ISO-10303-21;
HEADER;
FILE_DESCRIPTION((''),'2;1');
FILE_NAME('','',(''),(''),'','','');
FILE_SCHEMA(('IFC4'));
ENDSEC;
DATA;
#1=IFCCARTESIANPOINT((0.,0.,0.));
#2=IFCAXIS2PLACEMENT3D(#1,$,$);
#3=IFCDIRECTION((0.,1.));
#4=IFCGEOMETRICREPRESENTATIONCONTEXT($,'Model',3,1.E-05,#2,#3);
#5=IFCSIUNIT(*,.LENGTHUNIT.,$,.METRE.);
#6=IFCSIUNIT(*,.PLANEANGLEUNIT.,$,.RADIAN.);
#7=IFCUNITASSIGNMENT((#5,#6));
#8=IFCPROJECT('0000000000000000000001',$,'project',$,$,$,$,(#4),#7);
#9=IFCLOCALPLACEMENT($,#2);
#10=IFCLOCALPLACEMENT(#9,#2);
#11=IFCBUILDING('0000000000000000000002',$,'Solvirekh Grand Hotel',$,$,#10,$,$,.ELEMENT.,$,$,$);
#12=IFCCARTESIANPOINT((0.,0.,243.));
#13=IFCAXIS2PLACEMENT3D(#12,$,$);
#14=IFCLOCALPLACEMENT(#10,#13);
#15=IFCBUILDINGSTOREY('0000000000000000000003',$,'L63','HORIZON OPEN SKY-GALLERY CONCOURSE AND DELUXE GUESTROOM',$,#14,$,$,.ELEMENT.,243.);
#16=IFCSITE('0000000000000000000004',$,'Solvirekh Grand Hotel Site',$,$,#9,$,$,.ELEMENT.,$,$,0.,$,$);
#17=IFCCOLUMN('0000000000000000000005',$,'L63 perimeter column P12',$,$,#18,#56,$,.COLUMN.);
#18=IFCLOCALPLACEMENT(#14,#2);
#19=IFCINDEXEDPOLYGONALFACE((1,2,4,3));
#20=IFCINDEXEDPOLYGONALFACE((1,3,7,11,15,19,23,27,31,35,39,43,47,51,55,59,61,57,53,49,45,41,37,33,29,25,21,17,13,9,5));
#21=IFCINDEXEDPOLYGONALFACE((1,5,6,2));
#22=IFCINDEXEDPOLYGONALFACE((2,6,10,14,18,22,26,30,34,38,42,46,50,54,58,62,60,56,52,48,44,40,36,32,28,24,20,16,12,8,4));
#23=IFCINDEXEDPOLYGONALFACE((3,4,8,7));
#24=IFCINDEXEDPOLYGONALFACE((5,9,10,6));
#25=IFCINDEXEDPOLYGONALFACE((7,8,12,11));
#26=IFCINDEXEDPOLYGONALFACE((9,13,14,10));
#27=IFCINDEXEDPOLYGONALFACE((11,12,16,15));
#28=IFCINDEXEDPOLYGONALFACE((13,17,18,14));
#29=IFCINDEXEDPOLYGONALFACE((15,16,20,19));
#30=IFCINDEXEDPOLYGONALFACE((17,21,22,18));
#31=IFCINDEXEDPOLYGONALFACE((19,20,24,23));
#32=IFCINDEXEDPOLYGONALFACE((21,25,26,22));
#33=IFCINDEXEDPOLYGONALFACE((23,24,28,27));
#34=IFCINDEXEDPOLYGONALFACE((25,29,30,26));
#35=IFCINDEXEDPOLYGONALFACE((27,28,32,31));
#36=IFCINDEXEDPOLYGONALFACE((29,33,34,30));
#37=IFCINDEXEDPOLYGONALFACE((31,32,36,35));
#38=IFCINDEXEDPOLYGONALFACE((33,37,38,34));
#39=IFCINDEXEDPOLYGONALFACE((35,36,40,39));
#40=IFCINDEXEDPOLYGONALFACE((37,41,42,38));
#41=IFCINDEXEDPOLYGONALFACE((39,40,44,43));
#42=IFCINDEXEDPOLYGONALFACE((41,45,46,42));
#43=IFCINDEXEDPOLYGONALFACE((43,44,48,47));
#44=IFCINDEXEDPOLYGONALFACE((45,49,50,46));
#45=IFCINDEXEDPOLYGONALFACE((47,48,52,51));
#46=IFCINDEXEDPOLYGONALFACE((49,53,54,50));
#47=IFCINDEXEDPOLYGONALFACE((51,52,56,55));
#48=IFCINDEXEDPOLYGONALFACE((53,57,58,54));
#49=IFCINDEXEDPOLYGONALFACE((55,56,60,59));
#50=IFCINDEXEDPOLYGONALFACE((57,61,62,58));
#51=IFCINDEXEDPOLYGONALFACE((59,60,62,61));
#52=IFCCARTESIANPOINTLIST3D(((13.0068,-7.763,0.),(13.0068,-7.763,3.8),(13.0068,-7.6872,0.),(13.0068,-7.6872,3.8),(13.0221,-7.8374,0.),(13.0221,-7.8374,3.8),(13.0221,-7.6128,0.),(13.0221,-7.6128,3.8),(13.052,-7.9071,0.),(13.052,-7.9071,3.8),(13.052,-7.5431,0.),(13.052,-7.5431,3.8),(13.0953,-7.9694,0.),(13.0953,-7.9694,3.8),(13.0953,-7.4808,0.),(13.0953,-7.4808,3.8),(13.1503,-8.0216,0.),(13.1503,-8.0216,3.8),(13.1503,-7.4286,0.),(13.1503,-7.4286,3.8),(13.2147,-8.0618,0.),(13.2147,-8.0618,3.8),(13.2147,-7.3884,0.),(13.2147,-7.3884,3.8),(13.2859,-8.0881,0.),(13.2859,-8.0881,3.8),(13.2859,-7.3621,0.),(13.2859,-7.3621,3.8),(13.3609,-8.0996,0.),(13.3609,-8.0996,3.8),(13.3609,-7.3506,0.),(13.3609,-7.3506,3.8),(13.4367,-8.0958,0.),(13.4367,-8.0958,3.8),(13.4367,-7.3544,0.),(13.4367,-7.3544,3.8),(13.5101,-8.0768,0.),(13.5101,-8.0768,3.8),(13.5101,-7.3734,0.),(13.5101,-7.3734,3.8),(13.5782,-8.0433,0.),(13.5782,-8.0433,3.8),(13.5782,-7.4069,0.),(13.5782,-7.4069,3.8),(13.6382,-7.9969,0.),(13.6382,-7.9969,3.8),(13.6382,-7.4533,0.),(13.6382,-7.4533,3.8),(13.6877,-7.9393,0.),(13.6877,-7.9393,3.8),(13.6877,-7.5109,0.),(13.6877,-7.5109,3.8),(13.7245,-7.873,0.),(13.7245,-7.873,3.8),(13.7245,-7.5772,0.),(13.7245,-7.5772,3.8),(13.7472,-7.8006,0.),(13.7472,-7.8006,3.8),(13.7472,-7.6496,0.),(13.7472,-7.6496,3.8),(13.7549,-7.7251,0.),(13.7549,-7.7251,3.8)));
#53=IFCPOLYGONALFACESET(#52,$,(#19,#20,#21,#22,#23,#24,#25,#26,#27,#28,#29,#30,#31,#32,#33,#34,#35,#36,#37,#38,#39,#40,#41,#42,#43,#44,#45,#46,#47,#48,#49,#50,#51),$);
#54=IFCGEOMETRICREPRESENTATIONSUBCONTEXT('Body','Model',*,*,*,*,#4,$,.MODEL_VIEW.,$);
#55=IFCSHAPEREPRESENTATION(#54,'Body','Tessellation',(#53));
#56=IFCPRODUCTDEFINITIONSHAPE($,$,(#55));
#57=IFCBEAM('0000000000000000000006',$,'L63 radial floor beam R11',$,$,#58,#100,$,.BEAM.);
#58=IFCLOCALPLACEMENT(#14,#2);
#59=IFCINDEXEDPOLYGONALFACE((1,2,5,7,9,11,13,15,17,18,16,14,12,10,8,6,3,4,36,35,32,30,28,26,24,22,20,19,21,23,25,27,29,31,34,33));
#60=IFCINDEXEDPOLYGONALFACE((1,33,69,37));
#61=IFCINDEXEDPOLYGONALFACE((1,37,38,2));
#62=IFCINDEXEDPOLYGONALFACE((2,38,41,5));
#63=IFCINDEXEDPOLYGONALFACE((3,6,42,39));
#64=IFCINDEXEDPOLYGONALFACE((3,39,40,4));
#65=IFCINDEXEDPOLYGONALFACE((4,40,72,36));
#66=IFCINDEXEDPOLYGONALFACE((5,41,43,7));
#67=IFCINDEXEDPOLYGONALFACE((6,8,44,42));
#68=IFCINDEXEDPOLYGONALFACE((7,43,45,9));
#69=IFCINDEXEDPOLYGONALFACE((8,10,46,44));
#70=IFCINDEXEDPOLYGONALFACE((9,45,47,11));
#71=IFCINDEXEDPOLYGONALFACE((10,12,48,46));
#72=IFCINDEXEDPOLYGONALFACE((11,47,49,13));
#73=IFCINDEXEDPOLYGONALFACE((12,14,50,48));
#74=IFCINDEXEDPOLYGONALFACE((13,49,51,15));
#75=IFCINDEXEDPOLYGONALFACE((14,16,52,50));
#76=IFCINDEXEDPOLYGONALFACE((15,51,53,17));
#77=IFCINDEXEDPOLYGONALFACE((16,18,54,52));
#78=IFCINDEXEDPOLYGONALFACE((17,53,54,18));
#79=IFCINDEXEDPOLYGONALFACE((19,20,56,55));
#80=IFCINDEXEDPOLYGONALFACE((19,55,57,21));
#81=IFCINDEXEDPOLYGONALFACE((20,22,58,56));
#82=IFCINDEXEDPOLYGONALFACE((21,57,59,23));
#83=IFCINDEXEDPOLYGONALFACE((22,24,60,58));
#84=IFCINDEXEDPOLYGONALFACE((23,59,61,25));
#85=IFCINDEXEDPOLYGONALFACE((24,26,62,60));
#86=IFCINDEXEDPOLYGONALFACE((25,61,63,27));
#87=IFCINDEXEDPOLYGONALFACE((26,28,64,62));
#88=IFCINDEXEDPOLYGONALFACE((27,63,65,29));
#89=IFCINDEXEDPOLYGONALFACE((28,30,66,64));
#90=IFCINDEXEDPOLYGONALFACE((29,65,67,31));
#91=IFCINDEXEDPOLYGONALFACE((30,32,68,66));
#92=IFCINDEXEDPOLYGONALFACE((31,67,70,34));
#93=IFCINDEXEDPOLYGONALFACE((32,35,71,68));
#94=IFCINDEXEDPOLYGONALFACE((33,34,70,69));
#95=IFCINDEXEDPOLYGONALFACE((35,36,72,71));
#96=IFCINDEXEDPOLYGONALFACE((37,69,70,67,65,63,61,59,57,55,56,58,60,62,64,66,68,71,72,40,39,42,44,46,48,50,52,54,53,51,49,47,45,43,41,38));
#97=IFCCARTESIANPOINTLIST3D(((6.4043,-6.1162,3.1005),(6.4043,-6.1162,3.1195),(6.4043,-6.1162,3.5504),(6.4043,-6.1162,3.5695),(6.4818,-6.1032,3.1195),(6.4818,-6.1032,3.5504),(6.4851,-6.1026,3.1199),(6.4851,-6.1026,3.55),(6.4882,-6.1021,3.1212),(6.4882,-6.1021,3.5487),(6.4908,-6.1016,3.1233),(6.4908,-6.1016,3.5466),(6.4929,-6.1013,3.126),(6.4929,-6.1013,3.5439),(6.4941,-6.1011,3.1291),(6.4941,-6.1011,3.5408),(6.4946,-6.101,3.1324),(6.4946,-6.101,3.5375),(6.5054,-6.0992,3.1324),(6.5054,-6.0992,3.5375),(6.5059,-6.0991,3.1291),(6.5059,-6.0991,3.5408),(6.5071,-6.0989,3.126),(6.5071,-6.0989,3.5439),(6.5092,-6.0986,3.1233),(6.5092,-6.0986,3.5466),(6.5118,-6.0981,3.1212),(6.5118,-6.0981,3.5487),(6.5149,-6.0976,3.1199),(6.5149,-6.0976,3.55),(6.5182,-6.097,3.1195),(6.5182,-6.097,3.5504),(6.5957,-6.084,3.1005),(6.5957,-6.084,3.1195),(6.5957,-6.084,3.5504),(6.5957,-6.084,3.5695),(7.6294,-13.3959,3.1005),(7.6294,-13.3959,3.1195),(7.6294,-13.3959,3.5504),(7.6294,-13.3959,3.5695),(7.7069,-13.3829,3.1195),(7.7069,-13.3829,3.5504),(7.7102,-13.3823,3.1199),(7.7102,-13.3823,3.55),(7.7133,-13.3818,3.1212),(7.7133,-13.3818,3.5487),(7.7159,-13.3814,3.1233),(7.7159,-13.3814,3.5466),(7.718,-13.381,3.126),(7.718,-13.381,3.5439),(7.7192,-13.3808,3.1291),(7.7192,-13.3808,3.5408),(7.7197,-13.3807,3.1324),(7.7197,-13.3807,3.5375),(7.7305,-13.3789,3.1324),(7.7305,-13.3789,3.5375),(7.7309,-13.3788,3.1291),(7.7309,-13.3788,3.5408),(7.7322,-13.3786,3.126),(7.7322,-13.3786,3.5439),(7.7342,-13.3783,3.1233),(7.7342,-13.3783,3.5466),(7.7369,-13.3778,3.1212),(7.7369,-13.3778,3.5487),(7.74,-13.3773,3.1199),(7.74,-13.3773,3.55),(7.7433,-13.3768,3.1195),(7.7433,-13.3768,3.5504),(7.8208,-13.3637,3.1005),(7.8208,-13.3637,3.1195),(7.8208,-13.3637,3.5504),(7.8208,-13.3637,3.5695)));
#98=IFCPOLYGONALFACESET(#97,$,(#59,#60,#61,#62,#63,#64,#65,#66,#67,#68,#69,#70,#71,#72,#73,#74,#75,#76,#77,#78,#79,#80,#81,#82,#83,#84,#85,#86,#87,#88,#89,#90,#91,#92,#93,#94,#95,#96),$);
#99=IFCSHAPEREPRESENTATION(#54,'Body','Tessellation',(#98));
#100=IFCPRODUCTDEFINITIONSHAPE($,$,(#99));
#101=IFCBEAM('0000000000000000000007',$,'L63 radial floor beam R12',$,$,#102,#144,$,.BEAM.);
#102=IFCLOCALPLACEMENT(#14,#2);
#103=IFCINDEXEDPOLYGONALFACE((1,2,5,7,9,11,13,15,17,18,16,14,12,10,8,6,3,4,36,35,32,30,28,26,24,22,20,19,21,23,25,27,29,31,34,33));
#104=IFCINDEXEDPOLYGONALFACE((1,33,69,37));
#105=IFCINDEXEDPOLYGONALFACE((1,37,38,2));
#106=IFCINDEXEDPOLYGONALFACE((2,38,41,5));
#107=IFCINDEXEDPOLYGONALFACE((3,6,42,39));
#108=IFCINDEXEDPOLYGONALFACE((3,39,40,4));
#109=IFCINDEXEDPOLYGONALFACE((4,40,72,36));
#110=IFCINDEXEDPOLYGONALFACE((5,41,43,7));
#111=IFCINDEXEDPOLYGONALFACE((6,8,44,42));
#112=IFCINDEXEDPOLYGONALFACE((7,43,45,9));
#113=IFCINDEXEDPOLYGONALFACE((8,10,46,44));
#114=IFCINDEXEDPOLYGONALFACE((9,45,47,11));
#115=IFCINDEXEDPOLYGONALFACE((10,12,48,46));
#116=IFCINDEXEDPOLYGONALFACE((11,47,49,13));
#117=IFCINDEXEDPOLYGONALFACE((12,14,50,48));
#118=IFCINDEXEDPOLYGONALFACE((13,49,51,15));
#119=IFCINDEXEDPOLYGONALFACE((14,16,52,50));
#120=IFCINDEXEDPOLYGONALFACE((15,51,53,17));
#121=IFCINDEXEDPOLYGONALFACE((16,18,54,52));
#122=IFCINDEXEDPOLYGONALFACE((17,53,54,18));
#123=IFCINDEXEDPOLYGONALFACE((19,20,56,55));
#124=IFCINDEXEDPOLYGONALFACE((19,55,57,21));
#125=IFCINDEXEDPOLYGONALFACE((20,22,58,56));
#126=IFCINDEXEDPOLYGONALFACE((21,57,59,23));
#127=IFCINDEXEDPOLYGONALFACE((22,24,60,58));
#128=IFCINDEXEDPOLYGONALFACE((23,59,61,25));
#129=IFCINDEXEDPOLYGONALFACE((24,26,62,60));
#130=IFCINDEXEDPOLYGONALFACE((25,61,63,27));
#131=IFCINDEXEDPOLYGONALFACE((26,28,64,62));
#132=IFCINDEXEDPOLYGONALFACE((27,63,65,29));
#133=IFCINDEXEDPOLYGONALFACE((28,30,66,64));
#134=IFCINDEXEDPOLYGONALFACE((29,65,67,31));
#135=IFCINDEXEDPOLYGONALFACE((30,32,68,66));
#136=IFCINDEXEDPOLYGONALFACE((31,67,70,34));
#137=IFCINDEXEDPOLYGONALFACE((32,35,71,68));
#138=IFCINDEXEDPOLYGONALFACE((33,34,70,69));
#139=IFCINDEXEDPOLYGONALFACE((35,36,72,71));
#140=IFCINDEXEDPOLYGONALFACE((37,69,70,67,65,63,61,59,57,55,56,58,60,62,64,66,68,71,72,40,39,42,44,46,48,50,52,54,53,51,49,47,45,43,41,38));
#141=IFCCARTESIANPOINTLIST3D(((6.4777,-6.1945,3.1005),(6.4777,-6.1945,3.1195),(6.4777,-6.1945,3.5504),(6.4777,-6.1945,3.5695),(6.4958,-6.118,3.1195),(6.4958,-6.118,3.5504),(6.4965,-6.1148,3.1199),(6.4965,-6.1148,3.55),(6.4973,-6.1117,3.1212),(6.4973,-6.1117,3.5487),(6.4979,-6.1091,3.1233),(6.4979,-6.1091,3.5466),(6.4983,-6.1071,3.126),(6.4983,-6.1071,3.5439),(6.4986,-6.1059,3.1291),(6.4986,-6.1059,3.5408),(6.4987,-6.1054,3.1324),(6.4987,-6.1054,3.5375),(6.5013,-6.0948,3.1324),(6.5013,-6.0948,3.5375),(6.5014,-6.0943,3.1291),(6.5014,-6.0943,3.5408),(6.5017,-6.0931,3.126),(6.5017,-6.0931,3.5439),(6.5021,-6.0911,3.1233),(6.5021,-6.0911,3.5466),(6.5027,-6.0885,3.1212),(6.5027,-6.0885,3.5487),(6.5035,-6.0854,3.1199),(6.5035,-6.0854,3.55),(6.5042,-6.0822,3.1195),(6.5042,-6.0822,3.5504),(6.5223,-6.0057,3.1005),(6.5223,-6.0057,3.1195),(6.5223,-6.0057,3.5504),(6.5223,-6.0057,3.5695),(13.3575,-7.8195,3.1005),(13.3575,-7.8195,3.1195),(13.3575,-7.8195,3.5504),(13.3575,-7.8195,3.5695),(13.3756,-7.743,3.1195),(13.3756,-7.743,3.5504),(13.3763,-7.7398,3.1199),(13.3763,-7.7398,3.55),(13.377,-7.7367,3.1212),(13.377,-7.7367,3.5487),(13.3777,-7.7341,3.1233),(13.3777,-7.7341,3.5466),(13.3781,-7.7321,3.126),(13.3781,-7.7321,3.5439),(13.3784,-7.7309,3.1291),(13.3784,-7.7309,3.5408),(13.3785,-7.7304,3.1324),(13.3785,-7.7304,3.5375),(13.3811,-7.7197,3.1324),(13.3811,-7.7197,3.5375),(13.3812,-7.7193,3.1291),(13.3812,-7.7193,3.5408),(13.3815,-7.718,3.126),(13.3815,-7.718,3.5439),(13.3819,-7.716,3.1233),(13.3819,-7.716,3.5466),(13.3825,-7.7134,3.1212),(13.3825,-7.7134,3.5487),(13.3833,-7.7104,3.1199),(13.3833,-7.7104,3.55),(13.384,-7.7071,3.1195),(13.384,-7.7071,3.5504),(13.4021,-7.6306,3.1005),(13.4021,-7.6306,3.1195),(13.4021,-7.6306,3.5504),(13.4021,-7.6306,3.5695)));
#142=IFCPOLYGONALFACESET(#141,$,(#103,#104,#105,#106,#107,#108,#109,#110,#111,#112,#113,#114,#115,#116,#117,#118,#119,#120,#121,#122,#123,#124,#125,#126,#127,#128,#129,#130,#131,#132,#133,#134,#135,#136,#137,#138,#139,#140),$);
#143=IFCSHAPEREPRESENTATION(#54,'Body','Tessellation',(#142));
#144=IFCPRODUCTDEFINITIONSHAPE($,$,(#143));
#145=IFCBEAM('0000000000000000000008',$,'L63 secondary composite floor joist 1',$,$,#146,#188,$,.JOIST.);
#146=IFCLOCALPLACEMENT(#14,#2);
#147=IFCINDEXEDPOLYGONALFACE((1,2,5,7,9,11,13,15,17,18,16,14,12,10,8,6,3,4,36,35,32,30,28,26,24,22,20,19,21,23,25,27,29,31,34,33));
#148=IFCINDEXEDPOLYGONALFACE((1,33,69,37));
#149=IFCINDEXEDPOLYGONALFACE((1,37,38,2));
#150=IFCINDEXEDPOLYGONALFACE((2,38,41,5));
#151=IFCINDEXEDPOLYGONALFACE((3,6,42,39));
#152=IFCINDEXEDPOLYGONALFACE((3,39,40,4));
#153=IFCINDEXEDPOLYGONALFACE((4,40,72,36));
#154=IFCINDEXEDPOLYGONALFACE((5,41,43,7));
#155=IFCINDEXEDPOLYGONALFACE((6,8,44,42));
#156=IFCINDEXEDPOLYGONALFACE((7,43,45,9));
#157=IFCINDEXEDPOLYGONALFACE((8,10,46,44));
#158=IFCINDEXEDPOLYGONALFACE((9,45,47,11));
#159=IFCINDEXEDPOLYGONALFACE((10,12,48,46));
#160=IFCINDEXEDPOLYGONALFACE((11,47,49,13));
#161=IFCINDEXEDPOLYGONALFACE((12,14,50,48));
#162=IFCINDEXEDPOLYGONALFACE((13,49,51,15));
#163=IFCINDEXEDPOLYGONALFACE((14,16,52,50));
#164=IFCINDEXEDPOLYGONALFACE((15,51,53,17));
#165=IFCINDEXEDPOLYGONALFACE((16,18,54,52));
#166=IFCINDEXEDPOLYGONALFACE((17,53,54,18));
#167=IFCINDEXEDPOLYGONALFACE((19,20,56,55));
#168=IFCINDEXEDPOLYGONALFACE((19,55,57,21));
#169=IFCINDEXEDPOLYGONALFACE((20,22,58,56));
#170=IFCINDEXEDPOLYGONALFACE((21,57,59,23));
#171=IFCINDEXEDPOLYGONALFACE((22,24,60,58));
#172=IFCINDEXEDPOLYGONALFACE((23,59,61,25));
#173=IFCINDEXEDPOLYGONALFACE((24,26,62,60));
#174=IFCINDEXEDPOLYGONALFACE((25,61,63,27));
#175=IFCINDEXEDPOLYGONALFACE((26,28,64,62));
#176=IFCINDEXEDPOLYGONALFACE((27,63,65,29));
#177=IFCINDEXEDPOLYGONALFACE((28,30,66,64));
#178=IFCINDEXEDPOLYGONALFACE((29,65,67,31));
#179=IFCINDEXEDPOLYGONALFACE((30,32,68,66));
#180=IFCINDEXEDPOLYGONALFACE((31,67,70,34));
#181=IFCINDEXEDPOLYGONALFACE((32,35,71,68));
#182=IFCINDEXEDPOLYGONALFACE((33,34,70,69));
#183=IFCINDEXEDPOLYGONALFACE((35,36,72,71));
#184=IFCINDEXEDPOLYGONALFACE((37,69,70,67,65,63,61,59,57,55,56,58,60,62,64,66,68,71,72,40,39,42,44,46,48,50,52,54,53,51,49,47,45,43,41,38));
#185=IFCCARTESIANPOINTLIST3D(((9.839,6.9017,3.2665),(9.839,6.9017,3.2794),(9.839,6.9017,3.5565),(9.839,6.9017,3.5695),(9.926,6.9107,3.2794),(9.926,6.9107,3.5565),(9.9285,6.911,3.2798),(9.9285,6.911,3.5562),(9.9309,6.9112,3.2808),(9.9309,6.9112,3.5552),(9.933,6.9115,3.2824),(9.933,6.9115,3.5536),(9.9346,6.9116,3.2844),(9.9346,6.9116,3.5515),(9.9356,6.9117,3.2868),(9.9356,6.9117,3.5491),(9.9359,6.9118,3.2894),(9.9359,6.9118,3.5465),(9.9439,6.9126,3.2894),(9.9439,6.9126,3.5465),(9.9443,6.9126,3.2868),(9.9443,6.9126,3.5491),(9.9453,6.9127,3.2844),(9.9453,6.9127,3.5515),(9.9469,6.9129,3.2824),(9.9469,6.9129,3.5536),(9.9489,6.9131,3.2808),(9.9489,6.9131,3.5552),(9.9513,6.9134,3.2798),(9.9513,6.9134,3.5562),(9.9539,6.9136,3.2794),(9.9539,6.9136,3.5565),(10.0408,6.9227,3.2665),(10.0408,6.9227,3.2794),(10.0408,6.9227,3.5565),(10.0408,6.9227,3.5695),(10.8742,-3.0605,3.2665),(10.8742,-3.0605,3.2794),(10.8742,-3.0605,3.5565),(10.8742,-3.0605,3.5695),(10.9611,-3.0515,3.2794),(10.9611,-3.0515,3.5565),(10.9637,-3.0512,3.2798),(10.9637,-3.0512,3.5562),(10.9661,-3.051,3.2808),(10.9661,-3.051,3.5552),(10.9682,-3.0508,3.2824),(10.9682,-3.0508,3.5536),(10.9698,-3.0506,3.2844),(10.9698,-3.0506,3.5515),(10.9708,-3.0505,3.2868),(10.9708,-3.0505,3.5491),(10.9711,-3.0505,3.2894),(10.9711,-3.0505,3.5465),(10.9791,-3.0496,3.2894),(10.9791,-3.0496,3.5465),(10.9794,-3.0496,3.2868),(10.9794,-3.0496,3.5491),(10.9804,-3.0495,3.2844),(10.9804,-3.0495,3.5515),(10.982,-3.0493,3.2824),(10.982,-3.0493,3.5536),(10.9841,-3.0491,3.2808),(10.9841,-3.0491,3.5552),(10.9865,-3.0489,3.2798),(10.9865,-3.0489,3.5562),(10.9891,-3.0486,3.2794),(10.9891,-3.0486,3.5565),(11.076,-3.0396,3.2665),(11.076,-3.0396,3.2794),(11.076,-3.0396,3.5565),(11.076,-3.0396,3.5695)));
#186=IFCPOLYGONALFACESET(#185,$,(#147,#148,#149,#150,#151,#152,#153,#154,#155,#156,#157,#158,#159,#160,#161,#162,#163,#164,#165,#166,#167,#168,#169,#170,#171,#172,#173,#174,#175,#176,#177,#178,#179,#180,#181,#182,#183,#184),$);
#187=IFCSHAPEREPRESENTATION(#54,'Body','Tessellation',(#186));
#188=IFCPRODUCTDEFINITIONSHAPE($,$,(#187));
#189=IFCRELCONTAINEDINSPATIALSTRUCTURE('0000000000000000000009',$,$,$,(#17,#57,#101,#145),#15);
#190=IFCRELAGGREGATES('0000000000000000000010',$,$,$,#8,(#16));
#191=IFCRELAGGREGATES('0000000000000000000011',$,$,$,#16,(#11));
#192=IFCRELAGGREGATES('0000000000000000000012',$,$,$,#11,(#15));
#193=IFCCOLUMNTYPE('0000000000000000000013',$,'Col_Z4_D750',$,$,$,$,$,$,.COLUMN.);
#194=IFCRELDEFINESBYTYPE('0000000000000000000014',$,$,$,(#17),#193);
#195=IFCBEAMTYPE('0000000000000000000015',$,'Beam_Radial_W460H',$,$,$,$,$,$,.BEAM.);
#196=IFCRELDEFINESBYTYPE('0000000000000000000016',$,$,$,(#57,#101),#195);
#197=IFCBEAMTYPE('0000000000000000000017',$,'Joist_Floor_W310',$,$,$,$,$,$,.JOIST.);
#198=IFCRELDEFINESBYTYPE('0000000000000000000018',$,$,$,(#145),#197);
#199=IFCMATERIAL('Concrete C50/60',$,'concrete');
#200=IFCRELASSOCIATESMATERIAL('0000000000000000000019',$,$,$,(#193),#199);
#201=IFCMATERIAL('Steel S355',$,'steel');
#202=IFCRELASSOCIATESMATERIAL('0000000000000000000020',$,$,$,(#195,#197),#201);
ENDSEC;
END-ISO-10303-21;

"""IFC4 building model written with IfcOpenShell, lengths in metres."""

from ifc_helpers import new_model, si_unit, direction, frame, origin, origin_2d, place, context, subcontext, project, spatial, circle, i_section, extrude, material, material_profile, profile_set, type_object, element, save


model = new_model("IFC4")

# Units and contexts
model_context = context("Model", 3, precision=1e-05, world=origin(), true_north=direction((0.0, 1.0)))
body_context = subcontext(model_context, "Body", "Model", "MODEL_VIEW")
ifc_project = project(units=[si_unit("LENGTHUNIT", "METRE"), si_unit("PLANEANGLEUNIT", "RADIAN")], contexts=[model_context])

# Site, building, storey
site_placement = place(None, origin())
site = spatial("IfcSite", under=ifc_project, at=site_placement, Name="Solvirekh Grand Hotel Site", CompositionType="ELEMENT", RefElevation=0.0)
building_placement = place(site_placement, origin())
building = spatial("IfcBuilding", under=site, at=building_placement, Name="Solvirekh Grand Hotel", CompositionType="ELEMENT")
storey_placement = place(building_placement, frame((0.0, 0.0, 243.0)))
storey = spatial("IfcBuildingStorey", under=building, at=storey_placement, Name="L63", Description="HORIZON OPEN SKY-GALLERY CONCOURSE AND DELUXE GUESTROOM", CompositionType="ELEMENT", Elevation=243.0)

# Column
ifc_material_1 = material(Name="Concrete C50/60", Category="concrete")
ifc_material_profile_1 = material_profile(ifc_material_1, circle(Radius=0.375, at=origin_2d()), Name="RC CIRC D750")
ifc_profile_set_1 = profile_set([ifc_material_profile_1], Name="Concrete C50/60")
column_type = type_object("IfcColumnType", Name="Col_Z4_D750", PredefinedType="COLUMN", material=ifc_profile_set_1)
column_placement = place(storey_placement, frame((13.3799, -7.7251, 0.0), z_axis=(0.0, 0.0, 1.0), x_axis=(1.0, 0.0, 0.0)))
element("IfcColumn", 1, at=column_placement, inside=storey, type_object=column_type, Name="L63 perimeter column P12", PredefinedType="COLUMN", context=body_context, shape_type="SweptSolid", body=[
    extrude(circle(Radius=0.375, at=origin_2d()), origin(), (0.0, 0.0, 1.0), 3.8),
])

# Beams
ifc_material_2 = material(Name="Steel S355", Category="steel")
ifc_material_profile_2 = material_profile(ifc_material_2, i_section(OverallWidth=0.1941, OverallDepth=0.469, WebThickness=0.011, FlangeThickness=0.019, FilletRadius=0.0129, at=origin_2d()), Name="W460X106")
ifc_profile_set_2 = profile_set([ifc_material_profile_2], Name="Steel S355")
beam_type_1 = type_object("IfcBeamType", Name="Beam_Radial_W460H", PredefinedType="BEAM", material=ifc_profile_set_2)
beam_1_placement = place(storey_placement, frame((6.5, -6.1001, 3.335), z_axis=(0.165954, -0.986133, 0.0), x_axis=(0.986133, 0.165954, 0.0)))
element("IfcBeam", 2, at=beam_1_placement, inside=storey, type_object=beam_type_1, Name="L63 radial floor beam R11", PredefinedType="BEAM", context=body_context, shape_type="SweptSolid", body=[
    extrude(i_section(OverallWidth=0.1941, OverallDepth=0.469, WebThickness=0.011, FlangeThickness=0.019, FilletRadius=0.0129, at=origin_2d()), origin(), (0.0, 0.0, 1.0), 7.3821),
])
beam_2_placement = place(storey_placement, frame((6.5, -6.1001, 3.335), z_axis=(0.973221, -0.229871, 0.0), x_axis=(0.229871, 0.973221, 0.0)))
element("IfcBeam", 3, at=beam_2_placement, inside=storey, type_object=beam_type_1, Name="L63 radial floor beam R12", PredefinedType="BEAM", context=body_context, shape_type="SweptSolid", body=[
    extrude(i_section(OverallWidth=0.1941, OverallDepth=0.469, WebThickness=0.011, FlangeThickness=0.019, FilletRadius=0.0129, at=origin_2d()), origin(), (0.0, 0.0, 1.0), 7.0691),
])
ifc_material_profile_3 = material_profile(ifc_material_2, i_section(OverallWidth=0.2029, OverallDepth=0.303, WebThickness=0.0081, FlangeThickness=0.0129, FilletRadius=0.01, at=origin_2d()), Name="W310X60")
ifc_profile_set_3 = profile_set([ifc_material_profile_3], Name="Steel S355")
beam_type_2 = type_object("IfcBeamType", Name="Joist_Floor_W310", PredefinedType="JOIST", material=ifc_profile_set_3)
beam_3_placement = place(storey_placement, frame((10.9751, -3.05, 3.418), z_axis=(-0.103352, 0.994645, 0.0), x_axis=(-0.994645, -0.103352, 0.0)))
element("IfcBeam", 4, at=beam_3_placement, inside=storey, type_object=beam_type_2, Name="L63 secondary composite floor joist 1", PredefinedType="JOIST", context=body_context, shape_type="SweptSolid", body=[
    extrude(i_section(OverallWidth=0.2029, OverallDepth=0.303, WebThickness=0.0081, FlangeThickness=0.0129, FilletRadius=0.01, at=origin_2d()), origin(), (0.0, 0.0, 1.0), 10.0159),
])

save(model, "model.ifc")
